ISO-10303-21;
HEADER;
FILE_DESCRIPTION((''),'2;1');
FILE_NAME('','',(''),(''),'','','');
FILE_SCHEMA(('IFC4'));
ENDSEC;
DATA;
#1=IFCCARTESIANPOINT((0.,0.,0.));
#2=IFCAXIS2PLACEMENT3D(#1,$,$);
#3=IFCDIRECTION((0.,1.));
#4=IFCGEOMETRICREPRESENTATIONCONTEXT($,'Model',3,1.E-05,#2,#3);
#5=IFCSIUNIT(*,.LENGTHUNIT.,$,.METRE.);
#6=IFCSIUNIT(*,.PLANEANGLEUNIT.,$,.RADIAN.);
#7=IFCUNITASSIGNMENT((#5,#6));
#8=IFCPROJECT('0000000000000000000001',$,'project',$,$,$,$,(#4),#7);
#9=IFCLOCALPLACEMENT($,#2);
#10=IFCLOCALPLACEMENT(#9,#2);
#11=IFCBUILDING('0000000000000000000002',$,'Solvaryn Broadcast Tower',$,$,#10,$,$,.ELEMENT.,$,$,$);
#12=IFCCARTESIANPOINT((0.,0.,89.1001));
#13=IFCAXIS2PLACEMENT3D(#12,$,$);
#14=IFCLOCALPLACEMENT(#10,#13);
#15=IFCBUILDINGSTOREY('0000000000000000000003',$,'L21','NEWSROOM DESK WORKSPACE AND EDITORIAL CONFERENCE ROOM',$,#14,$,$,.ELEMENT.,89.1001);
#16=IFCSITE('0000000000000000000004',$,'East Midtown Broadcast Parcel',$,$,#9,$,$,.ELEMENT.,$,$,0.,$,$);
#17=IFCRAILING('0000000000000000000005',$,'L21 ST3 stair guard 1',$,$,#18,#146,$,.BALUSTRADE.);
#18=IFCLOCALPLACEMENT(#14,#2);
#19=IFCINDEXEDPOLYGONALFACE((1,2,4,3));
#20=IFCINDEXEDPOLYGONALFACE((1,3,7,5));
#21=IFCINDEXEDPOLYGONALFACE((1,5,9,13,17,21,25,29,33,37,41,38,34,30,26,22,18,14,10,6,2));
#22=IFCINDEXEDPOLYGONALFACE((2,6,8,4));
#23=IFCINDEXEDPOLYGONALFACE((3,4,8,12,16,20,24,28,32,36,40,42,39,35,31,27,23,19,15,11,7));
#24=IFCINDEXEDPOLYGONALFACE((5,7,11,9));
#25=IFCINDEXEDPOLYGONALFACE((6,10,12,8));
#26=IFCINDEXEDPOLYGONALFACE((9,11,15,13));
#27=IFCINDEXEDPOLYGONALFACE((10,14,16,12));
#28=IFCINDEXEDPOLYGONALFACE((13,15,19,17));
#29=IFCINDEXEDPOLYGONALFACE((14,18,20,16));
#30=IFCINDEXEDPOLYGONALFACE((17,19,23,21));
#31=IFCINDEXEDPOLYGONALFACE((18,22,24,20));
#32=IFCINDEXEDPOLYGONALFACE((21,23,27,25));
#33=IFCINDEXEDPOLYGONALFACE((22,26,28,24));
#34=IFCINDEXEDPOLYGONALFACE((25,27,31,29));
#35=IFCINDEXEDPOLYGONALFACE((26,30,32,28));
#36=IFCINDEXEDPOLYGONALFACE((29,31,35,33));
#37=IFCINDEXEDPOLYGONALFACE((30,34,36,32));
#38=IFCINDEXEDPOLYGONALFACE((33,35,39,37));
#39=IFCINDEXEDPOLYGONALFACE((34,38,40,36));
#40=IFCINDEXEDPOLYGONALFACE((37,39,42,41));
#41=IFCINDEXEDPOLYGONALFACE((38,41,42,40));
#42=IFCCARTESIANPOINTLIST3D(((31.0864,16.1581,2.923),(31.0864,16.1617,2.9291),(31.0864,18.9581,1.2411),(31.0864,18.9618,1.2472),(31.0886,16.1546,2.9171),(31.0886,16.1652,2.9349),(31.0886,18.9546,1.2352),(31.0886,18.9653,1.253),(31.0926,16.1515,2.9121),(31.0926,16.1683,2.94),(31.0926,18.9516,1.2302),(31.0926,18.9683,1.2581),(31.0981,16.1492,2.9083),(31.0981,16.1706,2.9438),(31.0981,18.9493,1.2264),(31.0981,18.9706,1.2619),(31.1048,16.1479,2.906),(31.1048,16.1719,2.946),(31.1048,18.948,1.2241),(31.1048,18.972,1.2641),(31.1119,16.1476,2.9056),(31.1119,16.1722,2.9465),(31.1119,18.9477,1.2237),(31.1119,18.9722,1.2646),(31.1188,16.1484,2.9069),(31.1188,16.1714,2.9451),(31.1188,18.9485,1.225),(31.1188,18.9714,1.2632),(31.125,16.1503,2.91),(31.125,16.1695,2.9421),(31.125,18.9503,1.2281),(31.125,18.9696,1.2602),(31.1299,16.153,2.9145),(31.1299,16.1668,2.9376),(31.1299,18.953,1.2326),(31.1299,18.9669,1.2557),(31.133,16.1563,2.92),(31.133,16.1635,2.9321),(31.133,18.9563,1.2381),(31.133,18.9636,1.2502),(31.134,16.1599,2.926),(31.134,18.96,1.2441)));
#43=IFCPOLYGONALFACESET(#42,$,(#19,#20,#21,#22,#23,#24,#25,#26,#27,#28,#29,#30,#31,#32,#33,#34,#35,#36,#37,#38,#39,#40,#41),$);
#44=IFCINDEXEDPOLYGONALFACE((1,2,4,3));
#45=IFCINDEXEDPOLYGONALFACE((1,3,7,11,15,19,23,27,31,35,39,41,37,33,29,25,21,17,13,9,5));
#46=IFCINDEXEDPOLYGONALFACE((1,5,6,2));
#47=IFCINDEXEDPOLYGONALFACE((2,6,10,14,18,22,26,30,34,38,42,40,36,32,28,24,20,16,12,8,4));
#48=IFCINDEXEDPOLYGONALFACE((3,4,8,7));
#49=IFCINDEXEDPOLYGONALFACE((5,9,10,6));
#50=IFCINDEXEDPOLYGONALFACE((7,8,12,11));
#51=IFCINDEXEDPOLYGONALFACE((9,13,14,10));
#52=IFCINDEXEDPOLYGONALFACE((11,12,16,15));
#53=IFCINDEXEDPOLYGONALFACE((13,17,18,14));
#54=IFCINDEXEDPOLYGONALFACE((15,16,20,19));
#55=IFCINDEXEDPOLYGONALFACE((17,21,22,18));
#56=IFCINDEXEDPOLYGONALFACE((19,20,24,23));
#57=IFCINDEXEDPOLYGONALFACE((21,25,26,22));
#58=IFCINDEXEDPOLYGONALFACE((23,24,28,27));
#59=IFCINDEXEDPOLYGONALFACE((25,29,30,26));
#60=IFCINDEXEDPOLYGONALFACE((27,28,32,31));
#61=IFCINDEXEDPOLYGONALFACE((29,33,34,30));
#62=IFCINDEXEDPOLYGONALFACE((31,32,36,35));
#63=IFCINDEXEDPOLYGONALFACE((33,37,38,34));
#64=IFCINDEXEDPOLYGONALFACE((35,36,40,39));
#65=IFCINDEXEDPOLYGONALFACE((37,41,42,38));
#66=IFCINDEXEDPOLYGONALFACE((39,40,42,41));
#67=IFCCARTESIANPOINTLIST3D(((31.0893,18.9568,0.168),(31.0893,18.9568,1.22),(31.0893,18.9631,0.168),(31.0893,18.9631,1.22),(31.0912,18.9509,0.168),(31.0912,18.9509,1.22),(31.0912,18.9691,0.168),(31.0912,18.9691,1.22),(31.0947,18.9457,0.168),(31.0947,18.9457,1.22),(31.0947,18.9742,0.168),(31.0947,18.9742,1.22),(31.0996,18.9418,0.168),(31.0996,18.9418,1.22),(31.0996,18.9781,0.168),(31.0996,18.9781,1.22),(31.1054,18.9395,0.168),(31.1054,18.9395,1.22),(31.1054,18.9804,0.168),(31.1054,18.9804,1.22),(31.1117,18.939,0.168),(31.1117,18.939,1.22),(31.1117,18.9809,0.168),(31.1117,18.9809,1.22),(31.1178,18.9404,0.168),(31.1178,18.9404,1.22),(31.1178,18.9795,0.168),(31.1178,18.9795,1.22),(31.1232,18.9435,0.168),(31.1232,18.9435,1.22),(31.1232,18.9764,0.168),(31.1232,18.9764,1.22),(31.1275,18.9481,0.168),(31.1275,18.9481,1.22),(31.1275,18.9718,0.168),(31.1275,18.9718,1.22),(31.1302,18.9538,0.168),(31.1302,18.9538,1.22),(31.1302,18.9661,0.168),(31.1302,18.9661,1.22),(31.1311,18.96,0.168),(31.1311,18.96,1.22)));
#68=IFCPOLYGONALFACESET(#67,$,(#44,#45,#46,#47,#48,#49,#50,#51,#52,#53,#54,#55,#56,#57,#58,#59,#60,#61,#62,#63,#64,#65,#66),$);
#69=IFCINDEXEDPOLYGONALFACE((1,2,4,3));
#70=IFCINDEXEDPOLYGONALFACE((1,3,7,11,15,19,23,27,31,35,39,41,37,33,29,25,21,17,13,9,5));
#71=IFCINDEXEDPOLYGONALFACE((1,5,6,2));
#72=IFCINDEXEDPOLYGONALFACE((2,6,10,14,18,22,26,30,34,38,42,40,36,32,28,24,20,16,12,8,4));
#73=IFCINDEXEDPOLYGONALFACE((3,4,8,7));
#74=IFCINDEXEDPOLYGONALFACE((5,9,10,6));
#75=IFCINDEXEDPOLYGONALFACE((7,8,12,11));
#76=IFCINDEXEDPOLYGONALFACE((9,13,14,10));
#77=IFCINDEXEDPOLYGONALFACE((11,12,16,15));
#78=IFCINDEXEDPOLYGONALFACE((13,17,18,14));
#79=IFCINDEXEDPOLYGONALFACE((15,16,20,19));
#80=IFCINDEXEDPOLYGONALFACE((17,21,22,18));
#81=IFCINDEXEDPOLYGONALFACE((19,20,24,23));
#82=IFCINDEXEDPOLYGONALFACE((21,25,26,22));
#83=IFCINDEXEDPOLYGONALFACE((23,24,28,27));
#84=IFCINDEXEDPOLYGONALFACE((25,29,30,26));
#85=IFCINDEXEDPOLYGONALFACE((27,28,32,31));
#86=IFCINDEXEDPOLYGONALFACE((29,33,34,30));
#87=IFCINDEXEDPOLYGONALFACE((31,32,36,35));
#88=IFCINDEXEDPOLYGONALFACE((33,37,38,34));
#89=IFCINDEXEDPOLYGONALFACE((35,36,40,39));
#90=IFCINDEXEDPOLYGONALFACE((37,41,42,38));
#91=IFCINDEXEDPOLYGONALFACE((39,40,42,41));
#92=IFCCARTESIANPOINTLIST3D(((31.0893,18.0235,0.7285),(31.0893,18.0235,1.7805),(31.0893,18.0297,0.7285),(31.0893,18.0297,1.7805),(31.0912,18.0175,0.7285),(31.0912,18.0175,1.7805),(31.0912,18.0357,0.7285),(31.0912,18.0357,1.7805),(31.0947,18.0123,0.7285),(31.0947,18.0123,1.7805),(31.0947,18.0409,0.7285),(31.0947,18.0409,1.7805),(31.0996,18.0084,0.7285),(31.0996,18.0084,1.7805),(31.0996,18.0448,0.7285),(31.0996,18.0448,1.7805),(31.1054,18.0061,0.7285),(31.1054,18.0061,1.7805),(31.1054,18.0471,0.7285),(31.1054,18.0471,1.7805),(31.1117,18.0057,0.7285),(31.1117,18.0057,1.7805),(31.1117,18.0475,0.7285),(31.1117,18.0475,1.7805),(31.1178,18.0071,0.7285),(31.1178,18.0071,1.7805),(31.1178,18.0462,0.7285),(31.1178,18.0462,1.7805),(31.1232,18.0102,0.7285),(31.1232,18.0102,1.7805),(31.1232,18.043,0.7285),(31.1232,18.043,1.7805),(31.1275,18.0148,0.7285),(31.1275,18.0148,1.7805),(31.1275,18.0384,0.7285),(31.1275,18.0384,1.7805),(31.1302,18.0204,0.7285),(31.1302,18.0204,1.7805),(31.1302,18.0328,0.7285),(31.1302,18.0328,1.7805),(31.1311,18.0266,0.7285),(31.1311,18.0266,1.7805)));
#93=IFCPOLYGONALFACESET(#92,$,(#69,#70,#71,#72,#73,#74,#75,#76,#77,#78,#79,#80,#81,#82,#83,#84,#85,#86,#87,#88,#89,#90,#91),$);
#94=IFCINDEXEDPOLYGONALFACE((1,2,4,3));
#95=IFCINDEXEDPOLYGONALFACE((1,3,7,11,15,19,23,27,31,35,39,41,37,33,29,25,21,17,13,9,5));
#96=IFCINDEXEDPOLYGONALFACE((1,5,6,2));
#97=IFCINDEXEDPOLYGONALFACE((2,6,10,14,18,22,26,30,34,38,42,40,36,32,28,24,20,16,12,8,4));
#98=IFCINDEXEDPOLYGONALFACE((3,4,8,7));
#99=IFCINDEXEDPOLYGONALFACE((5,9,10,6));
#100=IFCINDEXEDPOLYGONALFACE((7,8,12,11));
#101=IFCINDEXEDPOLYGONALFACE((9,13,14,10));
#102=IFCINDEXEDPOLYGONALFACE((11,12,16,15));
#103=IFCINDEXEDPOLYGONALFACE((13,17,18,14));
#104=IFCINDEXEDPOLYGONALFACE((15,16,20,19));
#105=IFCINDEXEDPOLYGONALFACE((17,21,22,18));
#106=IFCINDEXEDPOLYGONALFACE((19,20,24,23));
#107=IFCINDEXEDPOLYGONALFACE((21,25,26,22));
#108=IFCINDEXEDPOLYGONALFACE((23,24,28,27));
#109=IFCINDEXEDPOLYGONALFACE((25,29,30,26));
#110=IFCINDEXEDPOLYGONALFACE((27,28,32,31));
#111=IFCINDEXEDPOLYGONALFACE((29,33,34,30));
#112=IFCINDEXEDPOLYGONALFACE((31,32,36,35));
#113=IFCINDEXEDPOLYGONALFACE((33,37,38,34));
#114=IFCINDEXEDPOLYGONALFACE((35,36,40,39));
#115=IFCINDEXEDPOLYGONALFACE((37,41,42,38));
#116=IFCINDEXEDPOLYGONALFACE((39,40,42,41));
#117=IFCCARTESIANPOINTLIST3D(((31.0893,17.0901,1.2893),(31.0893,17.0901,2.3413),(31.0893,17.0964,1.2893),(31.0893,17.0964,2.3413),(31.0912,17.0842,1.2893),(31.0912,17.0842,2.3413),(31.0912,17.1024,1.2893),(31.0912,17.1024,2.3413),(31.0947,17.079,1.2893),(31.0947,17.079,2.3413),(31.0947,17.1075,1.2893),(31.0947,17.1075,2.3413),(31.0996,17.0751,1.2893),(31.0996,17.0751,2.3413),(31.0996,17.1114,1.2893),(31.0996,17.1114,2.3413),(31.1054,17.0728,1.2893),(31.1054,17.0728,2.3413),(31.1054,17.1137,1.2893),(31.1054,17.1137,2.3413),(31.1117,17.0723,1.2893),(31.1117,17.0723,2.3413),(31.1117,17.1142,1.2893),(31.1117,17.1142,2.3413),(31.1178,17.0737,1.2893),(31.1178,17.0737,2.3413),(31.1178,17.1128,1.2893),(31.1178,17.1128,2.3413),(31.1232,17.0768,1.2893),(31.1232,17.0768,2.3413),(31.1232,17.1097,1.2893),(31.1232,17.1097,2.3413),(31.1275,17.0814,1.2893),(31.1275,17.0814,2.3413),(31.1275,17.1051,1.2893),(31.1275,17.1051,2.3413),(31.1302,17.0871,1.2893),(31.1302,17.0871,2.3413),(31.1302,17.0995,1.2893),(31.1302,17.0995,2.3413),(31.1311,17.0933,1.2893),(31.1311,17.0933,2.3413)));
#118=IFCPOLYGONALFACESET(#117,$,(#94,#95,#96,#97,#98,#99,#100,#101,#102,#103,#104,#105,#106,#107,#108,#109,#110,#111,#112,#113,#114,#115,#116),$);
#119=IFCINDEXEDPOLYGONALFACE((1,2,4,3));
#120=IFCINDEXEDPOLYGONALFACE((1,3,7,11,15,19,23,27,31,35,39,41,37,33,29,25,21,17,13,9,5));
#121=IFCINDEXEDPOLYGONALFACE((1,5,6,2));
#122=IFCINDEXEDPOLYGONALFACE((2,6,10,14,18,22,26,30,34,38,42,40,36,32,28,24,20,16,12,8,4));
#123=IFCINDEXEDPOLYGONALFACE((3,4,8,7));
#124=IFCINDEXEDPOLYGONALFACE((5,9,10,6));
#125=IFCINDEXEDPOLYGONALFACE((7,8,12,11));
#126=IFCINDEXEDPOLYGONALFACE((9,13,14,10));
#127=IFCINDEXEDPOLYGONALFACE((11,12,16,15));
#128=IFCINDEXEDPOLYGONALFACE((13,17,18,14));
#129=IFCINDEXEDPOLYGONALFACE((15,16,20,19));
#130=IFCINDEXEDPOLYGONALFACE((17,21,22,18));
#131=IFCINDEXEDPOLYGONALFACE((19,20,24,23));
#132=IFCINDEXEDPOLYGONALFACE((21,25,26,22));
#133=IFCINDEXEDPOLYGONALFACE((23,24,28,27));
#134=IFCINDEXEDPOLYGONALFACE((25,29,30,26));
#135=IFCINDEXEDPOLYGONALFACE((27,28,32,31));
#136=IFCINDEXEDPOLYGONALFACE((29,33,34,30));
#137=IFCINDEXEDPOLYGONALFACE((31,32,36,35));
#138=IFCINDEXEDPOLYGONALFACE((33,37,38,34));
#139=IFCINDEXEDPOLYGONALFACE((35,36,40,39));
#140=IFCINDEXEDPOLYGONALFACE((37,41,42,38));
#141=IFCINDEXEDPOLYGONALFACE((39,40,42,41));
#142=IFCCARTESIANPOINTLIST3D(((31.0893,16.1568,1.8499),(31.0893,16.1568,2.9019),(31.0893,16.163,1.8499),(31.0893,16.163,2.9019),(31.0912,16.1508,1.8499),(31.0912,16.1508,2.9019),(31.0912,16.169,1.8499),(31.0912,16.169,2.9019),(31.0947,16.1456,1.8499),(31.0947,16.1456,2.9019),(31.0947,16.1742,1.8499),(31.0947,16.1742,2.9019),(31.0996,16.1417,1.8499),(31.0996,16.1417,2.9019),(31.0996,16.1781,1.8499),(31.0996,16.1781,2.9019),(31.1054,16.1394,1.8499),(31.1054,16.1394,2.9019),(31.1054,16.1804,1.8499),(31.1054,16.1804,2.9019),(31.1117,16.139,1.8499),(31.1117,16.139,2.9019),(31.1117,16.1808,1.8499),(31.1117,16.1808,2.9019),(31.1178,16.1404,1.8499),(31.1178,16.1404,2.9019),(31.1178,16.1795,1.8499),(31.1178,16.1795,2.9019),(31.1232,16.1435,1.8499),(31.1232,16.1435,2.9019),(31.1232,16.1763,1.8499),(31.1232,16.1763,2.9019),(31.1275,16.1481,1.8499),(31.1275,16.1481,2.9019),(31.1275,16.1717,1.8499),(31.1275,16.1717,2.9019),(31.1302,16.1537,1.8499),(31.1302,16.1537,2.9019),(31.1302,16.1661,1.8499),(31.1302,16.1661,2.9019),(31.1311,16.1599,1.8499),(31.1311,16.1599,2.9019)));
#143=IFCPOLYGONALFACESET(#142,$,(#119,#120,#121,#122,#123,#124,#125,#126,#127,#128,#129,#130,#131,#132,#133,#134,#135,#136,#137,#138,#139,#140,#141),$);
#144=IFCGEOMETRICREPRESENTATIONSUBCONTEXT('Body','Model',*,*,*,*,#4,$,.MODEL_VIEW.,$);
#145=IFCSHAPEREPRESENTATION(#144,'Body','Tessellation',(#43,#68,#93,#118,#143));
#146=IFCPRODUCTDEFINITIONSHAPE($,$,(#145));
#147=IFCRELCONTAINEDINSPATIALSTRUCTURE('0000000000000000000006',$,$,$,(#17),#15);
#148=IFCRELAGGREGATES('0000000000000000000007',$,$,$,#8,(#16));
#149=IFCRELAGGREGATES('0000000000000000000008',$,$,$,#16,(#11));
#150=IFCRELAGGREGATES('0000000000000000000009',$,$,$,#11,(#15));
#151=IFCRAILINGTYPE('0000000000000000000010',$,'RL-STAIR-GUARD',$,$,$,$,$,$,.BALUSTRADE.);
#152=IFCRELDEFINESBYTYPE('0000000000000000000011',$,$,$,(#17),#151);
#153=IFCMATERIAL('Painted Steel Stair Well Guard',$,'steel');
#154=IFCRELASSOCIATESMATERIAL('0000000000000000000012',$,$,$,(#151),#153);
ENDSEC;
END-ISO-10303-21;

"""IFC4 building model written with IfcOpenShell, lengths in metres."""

from ifc_helpers import new_model, si_unit, direction, frame, origin, origin_2d, place, context, subcontext, project, spatial, circle, extrude, material, type_object, element, save


model = new_model("IFC4")

# Units and contexts
model_context = context("Model", 3, precision=1e-05, world=origin(), true_north=direction((0.0, 1.0)))
body_context = subcontext(model_context, "Body", "Model", "MODEL_VIEW")
ifc_project = project(units=[si_unit("LENGTHUNIT", "METRE"), si_unit("PLANEANGLEUNIT", "RADIAN")], contexts=[model_context])

# Site, building, storey
site_placement = place(None, origin())
site = spatial("IfcSite", under=ifc_project, at=site_placement, Name="East Midtown Broadcast Parcel", CompositionType="ELEMENT", RefElevation=0.0)
building_placement = place(site_placement, origin())
building = spatial("IfcBuilding", under=site, at=building_placement, Name="Solvaryn Broadcast Tower", CompositionType="ELEMENT")
storey_placement = place(building_placement, frame((0.0, 0.0, 89.1001)))
storey = spatial("IfcBuildingStorey", under=building, at=storey_placement, Name="L21", Description="NEWSROOM DESK WORKSPACE AND EDITORIAL CONFERENCE ROOM", CompositionType="ELEMENT", Elevation=89.1001)

# Railing
ifc_material_1 = material(Name="Painted Steel Stair Well Guard", Category="steel")
railing_type_1 = type_object("IfcRailingType", Name="RL-STAIR-GUARD", PredefinedType="BALUSTRADE", material=ifc_material_1)
railing_1_placement = place(storey_placement, frame((31.1101, 18.96, 0.168)))
element("IfcRailing", 1, at=railing_1_placement, inside=storey, type_object=railing_type_1, Name="L21 ST3 stair guard 1", PredefinedType="BALUSTRADE", context=body_context, shape_type="SweptSolid", body=[
    extrude(circle(Radius=0.0239, at=origin_2d()), frame((0.0, 0.0, 1.0762), z_axis=(0.0, -0.857242, 0.514913), x_axis=(1.0, 0.0, 0.0)), (0.0, 0.0, 1.0), 3.2664),
    extrude(circle(Radius=0.021, at=origin_2d()), origin(), (0.0, 0.0, 1.0), 1.052),
    extrude(circle(Radius=0.021, at=origin_2d()), frame((0.0, -0.9333, 0.5605)), (0.0, 0.0, 1.0), 1.052),
    extrude(circle(Radius=0.021, at=origin_2d()), frame((0.0, -1.8667, 1.1213)), (0.0, 0.0, 1.0), 1.052),
    extrude(circle(Radius=0.021, at=origin_2d()), frame((0.0, -2.8, 1.6819)), (0.0, 0.0, 1.0), 1.052),
])

save(model, "model.ifc")
